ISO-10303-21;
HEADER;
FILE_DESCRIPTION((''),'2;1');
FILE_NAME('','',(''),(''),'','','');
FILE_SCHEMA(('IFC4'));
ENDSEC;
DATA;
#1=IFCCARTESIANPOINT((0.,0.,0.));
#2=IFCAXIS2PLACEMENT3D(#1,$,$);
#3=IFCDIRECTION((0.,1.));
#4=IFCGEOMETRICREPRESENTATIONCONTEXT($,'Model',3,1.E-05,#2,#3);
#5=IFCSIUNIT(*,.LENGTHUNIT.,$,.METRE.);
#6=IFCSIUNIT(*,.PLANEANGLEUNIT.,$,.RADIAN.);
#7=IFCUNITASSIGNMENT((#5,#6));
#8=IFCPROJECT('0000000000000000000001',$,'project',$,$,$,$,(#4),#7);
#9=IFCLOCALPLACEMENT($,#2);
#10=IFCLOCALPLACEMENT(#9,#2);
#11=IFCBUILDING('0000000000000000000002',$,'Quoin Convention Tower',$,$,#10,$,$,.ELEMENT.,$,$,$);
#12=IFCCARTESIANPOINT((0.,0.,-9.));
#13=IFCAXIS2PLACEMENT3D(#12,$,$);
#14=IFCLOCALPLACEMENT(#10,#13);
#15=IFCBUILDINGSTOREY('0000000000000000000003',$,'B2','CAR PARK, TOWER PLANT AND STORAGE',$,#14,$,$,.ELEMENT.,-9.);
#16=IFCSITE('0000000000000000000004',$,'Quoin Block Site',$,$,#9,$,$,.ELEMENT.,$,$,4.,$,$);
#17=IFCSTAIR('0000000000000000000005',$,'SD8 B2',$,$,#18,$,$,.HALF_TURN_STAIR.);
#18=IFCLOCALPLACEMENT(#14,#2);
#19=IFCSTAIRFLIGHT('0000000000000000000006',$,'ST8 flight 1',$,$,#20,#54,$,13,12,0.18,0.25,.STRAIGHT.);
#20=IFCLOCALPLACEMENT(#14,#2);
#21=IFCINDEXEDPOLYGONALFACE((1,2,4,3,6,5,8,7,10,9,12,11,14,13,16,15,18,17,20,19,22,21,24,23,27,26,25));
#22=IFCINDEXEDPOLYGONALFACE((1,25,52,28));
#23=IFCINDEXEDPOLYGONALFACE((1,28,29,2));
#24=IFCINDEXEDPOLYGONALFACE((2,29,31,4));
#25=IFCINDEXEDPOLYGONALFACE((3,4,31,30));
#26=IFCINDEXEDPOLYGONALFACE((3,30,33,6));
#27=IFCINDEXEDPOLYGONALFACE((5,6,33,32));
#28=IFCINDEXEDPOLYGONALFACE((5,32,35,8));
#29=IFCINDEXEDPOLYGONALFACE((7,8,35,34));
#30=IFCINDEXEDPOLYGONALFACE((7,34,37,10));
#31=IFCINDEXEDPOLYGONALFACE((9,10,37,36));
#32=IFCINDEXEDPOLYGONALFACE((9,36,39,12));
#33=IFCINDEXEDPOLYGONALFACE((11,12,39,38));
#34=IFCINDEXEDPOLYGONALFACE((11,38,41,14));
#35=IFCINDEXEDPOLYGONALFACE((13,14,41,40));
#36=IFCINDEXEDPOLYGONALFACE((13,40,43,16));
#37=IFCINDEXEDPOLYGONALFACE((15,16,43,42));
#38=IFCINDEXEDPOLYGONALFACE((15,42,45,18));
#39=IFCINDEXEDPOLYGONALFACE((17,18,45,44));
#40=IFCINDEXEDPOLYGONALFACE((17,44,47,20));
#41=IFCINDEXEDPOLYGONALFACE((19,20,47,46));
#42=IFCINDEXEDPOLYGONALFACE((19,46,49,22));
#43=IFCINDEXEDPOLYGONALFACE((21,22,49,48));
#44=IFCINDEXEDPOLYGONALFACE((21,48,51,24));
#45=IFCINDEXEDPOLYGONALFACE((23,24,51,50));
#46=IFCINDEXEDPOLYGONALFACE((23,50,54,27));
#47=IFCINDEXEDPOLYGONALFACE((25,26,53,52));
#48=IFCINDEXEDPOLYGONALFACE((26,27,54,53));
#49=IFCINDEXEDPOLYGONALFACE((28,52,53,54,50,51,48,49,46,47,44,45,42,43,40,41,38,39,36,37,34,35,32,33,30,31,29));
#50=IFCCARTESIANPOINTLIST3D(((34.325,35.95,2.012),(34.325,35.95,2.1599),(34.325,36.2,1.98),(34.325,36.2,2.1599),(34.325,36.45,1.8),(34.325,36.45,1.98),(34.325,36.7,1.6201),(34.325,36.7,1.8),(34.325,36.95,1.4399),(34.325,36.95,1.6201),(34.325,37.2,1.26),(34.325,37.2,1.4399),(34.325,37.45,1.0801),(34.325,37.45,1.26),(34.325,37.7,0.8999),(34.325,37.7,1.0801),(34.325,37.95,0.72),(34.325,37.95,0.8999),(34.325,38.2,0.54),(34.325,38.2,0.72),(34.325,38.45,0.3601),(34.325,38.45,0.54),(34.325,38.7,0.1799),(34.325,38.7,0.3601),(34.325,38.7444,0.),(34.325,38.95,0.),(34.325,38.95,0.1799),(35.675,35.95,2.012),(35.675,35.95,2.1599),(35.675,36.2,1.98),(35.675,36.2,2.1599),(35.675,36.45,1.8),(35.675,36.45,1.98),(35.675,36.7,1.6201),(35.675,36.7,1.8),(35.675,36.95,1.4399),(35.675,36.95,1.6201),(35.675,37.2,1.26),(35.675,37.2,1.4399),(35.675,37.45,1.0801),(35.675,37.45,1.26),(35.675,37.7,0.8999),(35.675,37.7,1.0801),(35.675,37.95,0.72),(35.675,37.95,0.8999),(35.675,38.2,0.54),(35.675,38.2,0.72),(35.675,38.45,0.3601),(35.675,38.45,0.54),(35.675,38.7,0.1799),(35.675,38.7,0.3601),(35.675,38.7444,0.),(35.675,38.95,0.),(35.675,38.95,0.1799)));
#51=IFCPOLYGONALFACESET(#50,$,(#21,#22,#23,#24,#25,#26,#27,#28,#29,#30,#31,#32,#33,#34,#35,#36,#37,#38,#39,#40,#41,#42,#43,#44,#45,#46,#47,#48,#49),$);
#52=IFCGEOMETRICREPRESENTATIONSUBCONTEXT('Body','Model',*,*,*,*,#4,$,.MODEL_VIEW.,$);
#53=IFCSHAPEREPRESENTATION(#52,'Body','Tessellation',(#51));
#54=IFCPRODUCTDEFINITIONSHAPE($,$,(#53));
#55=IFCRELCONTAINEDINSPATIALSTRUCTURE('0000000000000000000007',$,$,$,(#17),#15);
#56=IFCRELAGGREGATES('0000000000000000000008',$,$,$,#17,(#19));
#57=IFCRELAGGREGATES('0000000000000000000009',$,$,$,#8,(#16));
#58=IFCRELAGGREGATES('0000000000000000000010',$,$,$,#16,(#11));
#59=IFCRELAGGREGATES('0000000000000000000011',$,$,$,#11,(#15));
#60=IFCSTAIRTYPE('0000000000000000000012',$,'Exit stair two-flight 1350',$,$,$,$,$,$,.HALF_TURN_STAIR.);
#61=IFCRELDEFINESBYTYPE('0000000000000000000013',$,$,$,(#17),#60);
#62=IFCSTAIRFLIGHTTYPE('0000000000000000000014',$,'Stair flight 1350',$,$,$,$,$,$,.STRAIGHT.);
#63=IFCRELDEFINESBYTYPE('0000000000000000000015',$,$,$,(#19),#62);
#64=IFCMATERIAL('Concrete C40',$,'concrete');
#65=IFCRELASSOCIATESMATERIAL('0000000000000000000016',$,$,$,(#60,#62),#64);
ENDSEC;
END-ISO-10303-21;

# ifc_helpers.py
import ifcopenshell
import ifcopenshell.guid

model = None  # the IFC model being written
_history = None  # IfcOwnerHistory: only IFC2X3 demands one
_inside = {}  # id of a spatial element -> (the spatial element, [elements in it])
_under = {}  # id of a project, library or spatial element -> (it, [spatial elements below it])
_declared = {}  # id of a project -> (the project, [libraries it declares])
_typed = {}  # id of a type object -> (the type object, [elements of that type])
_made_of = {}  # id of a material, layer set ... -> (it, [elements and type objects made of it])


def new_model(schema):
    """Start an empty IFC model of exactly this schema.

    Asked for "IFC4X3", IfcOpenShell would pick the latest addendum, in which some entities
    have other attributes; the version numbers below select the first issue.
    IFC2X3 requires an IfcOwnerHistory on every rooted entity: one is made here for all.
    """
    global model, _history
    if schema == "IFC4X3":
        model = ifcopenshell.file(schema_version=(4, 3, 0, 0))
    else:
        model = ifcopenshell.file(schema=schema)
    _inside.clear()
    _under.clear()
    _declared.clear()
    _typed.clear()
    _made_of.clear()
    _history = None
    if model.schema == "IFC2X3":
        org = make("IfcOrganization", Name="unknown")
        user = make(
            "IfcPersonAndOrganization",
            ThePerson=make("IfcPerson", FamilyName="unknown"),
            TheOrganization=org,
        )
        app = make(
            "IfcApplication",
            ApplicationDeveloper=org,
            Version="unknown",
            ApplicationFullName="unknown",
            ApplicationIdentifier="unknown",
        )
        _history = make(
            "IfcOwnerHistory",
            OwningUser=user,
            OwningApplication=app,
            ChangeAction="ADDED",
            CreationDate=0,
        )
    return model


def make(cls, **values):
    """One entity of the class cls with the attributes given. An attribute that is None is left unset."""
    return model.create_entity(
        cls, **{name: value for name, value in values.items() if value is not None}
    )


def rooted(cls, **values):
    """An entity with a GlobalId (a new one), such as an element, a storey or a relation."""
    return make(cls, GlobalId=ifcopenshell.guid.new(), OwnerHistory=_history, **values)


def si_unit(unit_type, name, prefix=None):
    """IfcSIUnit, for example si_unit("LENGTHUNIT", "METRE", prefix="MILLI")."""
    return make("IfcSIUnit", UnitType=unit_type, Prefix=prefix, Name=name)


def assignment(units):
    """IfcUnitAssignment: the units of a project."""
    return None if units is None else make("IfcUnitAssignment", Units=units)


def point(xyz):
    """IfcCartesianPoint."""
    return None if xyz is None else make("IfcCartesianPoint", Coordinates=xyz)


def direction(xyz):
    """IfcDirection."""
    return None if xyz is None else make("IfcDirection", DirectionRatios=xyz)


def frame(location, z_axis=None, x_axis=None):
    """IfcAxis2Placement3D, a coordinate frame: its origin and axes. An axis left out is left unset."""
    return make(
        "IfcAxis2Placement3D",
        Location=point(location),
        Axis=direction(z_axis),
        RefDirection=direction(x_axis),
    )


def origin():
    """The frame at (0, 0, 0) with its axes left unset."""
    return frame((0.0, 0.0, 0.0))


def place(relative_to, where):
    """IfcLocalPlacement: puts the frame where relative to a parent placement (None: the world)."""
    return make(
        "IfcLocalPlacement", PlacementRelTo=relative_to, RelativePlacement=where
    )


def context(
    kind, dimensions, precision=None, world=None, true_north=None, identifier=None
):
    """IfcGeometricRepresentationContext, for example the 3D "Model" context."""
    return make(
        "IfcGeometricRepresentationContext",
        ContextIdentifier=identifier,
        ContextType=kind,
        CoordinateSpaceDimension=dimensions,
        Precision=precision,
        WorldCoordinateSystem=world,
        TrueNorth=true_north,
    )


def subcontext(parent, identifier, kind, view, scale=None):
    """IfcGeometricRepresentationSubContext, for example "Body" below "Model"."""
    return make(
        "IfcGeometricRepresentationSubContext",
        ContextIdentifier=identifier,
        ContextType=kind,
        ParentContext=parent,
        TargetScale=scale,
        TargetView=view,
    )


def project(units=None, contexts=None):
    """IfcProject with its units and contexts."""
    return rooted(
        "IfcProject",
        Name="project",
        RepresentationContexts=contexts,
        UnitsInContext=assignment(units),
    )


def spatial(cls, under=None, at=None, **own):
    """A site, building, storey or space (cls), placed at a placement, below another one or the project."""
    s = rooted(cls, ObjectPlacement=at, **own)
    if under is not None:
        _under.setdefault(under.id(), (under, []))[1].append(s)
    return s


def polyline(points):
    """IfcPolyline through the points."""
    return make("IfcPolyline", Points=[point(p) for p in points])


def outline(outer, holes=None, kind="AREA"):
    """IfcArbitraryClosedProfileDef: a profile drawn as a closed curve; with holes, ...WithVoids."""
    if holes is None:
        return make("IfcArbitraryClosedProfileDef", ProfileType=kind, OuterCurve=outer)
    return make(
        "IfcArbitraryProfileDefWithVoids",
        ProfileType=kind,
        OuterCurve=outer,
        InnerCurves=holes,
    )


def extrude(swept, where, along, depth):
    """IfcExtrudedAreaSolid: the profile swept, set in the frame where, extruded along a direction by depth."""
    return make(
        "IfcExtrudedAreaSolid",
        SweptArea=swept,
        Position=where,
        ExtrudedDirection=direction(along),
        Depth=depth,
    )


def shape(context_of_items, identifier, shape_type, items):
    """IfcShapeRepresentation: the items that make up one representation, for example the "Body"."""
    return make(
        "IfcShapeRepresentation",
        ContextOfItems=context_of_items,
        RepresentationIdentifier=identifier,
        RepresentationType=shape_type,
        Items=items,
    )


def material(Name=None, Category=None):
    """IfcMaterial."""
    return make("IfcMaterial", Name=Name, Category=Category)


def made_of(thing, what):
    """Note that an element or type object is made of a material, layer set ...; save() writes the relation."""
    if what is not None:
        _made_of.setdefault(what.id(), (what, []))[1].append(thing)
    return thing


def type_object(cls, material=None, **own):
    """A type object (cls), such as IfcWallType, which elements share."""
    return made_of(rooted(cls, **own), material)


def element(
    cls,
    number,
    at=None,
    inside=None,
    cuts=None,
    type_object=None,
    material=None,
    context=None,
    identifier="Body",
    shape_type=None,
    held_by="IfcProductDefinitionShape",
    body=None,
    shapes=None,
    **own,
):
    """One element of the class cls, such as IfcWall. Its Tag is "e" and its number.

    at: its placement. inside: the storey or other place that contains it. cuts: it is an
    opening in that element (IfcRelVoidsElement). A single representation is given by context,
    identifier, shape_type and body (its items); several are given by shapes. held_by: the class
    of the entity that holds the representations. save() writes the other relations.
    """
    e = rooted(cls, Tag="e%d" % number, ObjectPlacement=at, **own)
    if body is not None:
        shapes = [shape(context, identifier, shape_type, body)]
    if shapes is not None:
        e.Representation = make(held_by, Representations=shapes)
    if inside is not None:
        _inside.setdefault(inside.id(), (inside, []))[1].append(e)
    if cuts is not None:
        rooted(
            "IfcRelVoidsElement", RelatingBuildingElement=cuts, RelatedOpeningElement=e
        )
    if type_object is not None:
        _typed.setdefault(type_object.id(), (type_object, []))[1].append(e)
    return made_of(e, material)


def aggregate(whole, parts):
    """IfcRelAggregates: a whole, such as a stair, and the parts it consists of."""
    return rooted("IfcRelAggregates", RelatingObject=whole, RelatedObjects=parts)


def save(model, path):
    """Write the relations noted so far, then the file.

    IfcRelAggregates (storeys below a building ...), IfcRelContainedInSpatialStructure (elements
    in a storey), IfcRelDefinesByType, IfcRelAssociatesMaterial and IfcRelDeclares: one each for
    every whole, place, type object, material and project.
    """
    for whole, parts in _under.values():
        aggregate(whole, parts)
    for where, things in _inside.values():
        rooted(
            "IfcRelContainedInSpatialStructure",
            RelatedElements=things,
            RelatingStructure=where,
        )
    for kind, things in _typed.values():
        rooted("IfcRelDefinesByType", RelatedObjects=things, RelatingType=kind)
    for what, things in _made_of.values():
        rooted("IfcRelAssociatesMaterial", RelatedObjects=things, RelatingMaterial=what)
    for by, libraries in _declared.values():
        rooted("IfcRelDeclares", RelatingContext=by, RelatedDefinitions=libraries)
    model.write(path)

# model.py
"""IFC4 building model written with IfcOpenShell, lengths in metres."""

from ifc_helpers import new_model, si_unit, direction, frame, origin, place, context, subcontext, project, spatial, polyline, outline, extrude, material, type_object, element, aggregate, save


model = new_model("IFC4")

# Units and contexts
model_context = context("Model", 3, precision=1e-05, world=origin(), true_north=direction((0.0, 1.0)))
body_context = subcontext(model_context, "Body", "Model", "MODEL_VIEW")
ifc_project = project(units=[si_unit("LENGTHUNIT", "METRE"), si_unit("PLANEANGLEUNIT", "RADIAN")], contexts=[model_context])

# Site, building, storey
site_placement = place(None, origin())
site = spatial("IfcSite", under=ifc_project, at=site_placement, Name="Quoin Block Site", CompositionType="ELEMENT", RefElevation=4.0)
building_placement = place(site_placement, origin())
building = spatial("IfcBuilding", under=site, at=building_placement, Name="Quoin Convention Tower", CompositionType="ELEMENT")
storey_placement = place(building_placement, frame((0.0, 0.0, -9.0)))
storey = spatial("IfcBuildingStorey", under=building, at=storey_placement, Name="B2", Description="CAR PARK, TOWER PLANT AND STORAGE", CompositionType="ELEMENT", Elevation=-9.0)

# Shared definitions
ifc_material_1 = material(Name="Concrete C40", Category="concrete")

# Shared definitions
stair_type = type_object("IfcStairType", Name="Exit stair two-flight 1350", PredefinedType="HALF_TURN_STAIR", material=ifc_material_1)
stair_flight_type = type_object("IfcStairFlightType", Name="Stair flight 1350", PredefinedType="STRAIGHT", material=ifc_material_1)

# Stair, stair flight
stair_1_placement = place(storey_placement, origin())
stair_1 = element("IfcStair", 1, at=stair_1_placement, inside=storey, type_object=stair_type, Name="SD8 B2", PredefinedType="HALF_TURN_STAIR")
stair_flight_1_placement = place(storey_placement, frame((35.0, 38.95, 0.0), z_axis=(0.0, 0.0, 1.0), x_axis=(0.0, -1.0, 0.0)))
stair_flight_1 = element("IfcStairFlight", 2, at=stair_flight_1_placement, type_object=stair_flight_type, Name="ST8 flight 1", NumberOfRisers=13, NumberOfTreads=12, PredefinedType="STRAIGHT", RiserHeight=0.18, TreadLength=0.25, context=body_context, shape_type="SweptSolid", body=[
    extrude(outline(polyline([(0.0, 0.0), (0.0, 0.1799), (0.25, 0.1799), (0.25, 0.3601), (0.5, 0.3601), (0.5, 0.54), (0.75, 0.54), (0.75, 0.72), (1.0, 0.72), (1.0, 0.8999), (1.25, 0.8999), (1.25, 1.0801), (1.5, 1.0801), (1.5, 1.26), (1.75, 1.26), (1.75, 1.4399), (2.0, 1.4399), (2.0, 1.6201), (2.25, 1.6201), (2.25, 1.8), (2.5, 1.8), (2.5, 1.98), (2.75, 1.98), (2.75, 2.1599), (3.0, 2.1599), (3.0, 2.3401), (3.0, 2.012), (0.2056, 0.0), (0.0, 0.0)])), frame((0.0, 0.675, 0.0), z_axis=(0.0, -1.0, 0.0), x_axis=(1.0, 0.0, 0.0)), (0.0, 0.0, 1.0), 1.3501),
])
aggregate(stair_1, [stair_flight_1])

save(model, "model.ifc")
